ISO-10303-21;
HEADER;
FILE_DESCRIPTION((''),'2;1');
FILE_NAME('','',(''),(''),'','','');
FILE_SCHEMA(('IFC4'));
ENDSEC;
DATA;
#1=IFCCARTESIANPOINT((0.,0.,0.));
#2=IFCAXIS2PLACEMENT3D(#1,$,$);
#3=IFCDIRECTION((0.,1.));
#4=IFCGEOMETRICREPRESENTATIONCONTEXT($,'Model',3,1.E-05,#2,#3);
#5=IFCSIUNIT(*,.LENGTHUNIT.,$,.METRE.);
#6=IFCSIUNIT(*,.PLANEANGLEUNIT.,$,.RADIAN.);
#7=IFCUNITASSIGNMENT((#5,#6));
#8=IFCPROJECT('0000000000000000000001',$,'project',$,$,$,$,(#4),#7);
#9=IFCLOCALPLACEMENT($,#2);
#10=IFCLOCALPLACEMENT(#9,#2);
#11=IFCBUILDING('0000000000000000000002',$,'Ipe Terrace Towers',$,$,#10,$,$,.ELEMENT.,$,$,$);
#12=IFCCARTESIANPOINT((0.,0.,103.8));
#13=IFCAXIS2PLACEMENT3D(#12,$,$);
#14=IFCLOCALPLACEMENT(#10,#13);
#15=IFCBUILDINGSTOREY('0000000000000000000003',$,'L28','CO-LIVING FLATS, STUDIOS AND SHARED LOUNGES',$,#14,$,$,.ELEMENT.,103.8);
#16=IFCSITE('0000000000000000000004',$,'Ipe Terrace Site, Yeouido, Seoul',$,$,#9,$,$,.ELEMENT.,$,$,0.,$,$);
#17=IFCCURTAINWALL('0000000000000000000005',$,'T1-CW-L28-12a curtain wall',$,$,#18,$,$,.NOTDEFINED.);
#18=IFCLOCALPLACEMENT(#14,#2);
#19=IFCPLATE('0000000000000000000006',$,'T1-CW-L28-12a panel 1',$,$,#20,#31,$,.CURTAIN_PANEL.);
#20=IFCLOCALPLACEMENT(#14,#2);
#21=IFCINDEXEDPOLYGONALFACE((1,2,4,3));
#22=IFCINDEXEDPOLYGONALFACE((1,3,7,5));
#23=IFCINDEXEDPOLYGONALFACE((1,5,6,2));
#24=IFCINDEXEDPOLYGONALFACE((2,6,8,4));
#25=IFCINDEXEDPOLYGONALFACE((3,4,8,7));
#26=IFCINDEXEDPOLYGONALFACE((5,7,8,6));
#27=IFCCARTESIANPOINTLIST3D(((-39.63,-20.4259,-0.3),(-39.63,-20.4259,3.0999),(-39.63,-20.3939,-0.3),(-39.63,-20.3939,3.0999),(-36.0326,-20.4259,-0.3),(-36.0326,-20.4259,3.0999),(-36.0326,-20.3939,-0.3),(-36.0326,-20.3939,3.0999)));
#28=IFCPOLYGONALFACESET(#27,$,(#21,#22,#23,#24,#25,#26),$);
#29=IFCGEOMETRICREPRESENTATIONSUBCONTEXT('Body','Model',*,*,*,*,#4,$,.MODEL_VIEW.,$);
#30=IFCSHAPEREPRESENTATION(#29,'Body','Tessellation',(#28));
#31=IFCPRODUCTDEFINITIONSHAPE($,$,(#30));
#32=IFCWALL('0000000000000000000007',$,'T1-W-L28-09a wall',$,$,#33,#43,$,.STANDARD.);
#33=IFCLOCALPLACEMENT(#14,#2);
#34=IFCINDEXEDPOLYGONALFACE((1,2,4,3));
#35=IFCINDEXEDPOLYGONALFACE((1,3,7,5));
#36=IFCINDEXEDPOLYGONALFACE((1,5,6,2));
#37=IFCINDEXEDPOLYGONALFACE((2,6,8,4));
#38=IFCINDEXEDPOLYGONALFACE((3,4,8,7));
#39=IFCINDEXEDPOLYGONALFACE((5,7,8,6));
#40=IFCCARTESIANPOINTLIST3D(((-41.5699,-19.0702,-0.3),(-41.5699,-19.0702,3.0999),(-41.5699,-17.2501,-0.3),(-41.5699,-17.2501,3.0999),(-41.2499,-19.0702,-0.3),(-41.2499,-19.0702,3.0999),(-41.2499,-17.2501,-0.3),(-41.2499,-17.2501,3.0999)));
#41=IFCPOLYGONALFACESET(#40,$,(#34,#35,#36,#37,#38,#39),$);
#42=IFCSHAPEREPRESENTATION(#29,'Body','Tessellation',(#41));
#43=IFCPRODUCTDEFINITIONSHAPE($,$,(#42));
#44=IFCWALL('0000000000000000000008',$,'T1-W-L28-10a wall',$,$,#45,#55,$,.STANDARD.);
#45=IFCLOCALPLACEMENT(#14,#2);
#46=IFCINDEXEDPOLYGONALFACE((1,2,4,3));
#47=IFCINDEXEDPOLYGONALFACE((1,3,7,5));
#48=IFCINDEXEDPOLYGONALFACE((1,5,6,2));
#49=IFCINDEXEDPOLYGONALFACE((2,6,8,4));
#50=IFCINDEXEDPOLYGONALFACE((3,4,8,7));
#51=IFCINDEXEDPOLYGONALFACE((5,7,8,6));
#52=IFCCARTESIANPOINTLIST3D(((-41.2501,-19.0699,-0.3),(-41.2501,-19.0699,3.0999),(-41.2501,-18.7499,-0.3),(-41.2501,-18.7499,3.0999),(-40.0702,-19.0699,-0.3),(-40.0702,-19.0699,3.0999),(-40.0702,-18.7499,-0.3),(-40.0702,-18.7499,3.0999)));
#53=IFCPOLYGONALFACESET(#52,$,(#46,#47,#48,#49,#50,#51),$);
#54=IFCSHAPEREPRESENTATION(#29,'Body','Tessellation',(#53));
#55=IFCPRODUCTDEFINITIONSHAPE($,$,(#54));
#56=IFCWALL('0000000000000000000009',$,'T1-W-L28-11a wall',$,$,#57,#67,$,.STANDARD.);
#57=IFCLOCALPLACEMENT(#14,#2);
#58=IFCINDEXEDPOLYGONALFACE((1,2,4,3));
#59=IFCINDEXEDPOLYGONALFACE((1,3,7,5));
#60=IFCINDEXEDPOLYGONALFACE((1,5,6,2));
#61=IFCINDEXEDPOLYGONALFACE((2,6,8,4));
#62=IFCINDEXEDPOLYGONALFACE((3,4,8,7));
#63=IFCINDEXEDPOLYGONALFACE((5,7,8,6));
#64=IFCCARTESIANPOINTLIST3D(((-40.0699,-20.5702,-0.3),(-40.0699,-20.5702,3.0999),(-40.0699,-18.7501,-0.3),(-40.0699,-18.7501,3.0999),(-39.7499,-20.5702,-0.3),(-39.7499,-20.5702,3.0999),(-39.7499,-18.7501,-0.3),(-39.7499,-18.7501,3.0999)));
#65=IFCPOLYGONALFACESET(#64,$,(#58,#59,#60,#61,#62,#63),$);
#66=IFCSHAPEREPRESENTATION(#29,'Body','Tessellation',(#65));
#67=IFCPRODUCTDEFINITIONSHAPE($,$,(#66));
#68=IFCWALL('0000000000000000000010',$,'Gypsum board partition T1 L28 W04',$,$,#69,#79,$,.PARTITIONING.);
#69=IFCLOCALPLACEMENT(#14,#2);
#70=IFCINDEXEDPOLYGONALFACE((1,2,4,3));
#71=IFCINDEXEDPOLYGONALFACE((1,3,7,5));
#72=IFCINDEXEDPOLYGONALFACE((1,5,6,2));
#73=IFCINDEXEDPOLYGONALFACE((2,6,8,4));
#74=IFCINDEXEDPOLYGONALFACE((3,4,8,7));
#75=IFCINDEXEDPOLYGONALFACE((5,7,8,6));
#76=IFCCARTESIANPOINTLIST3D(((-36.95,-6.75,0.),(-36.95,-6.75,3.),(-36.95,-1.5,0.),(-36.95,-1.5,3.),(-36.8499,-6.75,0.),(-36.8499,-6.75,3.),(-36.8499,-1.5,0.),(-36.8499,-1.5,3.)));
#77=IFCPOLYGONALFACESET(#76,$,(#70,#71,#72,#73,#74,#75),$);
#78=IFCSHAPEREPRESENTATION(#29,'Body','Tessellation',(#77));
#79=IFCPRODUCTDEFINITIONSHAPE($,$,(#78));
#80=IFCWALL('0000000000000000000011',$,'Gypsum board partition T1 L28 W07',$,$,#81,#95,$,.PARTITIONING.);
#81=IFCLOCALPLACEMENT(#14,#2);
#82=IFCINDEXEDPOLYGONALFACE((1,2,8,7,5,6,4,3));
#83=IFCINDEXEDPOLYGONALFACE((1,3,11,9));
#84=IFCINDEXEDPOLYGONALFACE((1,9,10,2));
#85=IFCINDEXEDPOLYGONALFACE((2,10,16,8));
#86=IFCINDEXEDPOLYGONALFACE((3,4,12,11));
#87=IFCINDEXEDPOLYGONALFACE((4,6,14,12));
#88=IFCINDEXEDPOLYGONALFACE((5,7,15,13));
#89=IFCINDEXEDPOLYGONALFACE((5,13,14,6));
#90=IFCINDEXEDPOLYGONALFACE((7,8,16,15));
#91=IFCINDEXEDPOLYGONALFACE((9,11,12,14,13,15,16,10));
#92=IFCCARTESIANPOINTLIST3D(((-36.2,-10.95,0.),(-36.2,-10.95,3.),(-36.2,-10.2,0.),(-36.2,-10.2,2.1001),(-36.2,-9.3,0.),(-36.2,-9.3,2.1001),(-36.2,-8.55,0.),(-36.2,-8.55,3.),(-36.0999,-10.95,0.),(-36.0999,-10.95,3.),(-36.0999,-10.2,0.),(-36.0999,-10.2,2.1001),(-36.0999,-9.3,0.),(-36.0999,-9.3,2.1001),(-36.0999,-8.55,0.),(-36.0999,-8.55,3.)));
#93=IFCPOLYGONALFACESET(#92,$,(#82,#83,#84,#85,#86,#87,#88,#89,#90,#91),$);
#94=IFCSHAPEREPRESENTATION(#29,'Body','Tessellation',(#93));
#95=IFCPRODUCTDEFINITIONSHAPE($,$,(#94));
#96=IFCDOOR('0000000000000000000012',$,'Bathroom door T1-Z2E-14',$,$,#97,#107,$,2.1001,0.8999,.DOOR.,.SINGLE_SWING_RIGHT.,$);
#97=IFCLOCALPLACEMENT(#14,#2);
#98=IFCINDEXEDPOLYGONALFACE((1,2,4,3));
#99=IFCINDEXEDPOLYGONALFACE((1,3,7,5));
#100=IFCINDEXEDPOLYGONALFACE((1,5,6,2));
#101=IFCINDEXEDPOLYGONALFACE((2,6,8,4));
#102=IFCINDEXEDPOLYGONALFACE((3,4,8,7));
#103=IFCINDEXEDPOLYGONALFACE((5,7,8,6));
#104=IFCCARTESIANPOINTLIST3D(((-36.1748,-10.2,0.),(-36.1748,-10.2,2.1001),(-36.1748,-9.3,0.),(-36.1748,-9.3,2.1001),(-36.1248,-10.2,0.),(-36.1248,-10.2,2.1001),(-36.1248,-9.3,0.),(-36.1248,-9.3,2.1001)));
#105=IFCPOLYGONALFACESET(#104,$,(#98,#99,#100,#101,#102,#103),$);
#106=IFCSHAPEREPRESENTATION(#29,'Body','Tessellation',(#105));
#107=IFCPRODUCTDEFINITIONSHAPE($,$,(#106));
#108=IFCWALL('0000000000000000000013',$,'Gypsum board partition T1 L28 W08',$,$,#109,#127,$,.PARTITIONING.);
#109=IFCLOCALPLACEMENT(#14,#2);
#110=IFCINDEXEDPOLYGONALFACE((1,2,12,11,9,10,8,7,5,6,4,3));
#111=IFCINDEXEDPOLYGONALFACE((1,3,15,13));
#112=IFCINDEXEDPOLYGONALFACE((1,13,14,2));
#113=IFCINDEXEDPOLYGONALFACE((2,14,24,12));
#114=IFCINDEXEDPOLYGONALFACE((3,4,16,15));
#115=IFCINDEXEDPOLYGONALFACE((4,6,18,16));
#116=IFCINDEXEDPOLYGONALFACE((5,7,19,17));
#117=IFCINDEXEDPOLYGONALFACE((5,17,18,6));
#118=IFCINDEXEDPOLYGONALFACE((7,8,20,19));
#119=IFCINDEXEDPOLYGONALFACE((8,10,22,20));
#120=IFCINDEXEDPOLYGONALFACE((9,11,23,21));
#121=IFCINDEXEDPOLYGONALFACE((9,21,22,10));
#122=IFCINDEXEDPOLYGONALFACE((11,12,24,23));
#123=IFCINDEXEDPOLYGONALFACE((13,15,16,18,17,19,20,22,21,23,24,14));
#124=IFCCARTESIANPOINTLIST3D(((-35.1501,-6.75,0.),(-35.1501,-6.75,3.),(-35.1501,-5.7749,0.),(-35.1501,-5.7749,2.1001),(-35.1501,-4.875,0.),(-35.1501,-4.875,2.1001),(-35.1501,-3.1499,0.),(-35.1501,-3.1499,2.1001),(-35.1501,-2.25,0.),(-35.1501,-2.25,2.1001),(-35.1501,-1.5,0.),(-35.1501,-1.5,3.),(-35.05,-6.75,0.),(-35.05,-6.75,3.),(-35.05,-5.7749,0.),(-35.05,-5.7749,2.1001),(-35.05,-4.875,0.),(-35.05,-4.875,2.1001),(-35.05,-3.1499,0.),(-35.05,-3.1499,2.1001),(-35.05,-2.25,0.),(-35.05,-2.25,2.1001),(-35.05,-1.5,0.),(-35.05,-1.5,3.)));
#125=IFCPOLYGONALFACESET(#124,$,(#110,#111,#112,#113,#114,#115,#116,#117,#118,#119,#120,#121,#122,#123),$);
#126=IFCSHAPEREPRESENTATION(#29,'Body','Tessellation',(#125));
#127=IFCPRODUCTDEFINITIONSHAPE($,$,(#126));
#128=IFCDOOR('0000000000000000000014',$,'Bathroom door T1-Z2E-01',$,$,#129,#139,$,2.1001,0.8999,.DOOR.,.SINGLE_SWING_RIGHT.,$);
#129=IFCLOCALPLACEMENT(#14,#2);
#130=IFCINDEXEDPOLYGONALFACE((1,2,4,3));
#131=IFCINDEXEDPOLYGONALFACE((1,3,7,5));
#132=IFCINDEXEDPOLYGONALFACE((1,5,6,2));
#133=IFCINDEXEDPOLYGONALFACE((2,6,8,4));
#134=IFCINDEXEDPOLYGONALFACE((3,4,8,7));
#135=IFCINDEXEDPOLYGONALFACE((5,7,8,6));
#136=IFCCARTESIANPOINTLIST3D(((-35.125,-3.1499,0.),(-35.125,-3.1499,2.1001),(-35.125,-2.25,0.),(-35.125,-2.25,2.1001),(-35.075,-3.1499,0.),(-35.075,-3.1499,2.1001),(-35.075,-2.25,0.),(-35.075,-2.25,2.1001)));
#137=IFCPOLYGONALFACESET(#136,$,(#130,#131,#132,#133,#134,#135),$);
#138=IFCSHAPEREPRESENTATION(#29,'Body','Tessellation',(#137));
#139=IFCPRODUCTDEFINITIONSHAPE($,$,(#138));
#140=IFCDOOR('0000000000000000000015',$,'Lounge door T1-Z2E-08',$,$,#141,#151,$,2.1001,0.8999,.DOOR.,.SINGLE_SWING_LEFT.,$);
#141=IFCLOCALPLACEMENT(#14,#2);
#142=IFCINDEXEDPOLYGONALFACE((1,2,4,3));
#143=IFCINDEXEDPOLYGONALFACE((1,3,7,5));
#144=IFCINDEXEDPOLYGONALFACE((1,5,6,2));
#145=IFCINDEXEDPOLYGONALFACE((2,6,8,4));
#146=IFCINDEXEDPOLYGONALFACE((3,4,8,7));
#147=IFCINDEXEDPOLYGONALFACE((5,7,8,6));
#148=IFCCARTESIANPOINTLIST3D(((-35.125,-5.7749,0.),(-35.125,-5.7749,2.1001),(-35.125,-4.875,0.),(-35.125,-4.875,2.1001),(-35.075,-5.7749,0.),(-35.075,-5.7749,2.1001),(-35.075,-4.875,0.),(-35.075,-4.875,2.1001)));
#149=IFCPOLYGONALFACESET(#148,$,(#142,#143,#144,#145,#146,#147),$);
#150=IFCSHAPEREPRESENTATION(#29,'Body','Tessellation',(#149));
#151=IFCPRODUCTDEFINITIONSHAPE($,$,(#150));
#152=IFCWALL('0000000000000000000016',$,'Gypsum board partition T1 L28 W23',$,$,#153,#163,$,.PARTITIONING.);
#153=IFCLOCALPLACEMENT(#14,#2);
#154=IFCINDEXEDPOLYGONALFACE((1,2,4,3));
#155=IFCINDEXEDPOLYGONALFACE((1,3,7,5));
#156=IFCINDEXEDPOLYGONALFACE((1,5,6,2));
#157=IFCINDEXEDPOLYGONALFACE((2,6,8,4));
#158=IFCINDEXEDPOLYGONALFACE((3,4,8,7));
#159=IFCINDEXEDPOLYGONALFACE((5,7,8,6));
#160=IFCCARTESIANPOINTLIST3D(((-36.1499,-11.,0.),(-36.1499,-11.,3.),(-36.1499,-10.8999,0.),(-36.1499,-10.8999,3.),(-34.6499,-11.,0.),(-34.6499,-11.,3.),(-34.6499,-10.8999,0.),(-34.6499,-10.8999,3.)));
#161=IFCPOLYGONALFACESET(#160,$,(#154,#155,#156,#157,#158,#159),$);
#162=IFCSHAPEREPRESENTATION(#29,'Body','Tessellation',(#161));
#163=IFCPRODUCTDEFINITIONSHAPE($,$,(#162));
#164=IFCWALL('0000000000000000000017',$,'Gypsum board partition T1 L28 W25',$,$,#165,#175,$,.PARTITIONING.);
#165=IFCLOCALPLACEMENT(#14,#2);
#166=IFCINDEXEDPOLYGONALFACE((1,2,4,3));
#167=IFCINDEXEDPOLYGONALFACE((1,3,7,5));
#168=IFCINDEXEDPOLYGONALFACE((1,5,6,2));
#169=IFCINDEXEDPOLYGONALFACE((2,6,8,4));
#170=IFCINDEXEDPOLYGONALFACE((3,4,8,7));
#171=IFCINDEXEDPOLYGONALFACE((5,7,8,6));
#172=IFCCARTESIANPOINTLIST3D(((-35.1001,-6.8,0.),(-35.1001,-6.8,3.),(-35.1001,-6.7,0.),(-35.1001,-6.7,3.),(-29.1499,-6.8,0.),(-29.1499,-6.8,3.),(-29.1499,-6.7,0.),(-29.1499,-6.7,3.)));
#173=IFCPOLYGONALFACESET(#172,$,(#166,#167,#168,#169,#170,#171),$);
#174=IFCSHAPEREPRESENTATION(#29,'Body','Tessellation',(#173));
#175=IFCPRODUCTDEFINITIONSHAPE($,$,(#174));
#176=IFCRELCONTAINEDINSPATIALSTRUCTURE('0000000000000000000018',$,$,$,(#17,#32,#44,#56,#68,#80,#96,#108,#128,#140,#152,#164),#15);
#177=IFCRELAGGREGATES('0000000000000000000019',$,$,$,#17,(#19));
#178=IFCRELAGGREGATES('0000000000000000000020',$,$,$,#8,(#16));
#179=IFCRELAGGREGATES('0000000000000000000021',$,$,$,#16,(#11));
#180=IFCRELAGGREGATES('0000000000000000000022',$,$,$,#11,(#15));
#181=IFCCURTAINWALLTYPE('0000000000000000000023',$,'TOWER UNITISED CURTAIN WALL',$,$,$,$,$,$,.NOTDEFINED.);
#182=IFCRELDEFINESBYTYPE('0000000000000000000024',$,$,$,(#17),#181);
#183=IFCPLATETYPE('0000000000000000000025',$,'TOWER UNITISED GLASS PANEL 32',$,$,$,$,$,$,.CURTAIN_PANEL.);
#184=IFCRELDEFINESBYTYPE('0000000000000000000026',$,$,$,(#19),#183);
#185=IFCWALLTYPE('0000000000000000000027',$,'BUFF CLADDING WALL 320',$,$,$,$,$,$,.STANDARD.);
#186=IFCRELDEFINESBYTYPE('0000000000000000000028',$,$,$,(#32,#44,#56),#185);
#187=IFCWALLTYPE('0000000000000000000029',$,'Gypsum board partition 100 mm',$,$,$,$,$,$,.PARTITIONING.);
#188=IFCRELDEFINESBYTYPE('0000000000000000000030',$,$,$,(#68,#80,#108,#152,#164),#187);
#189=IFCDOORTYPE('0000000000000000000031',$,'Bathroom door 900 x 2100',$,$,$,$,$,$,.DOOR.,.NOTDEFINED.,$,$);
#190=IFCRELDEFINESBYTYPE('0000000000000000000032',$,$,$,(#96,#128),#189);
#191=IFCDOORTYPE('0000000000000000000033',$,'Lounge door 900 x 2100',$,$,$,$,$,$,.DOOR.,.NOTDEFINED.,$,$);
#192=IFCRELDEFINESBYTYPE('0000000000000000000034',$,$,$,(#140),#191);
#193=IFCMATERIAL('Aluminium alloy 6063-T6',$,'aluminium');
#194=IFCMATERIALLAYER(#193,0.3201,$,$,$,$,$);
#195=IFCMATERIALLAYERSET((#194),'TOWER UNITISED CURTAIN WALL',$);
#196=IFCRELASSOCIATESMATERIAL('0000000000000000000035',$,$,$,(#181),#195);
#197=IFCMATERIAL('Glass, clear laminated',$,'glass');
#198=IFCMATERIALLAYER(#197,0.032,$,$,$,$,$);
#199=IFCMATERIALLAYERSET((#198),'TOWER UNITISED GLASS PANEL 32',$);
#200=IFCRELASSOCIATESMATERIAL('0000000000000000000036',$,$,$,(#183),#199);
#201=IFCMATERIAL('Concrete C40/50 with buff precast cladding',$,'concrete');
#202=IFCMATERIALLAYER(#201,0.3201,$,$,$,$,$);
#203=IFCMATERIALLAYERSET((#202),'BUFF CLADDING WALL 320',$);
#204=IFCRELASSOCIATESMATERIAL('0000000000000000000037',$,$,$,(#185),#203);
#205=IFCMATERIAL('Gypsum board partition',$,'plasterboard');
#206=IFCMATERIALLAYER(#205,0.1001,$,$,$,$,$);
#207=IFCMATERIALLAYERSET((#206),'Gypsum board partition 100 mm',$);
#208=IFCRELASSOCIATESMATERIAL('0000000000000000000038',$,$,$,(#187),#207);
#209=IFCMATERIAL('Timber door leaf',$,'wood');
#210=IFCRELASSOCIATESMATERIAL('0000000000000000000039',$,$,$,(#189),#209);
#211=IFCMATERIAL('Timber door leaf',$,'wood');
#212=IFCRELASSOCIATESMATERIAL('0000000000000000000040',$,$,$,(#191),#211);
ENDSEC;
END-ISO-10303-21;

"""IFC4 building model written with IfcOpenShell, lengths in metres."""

from ifc_helpers import new_model, si_unit, direction, frame, frame_2d, origin, origin_2d, place, context, subcontext, project, spatial, rectangle, extrude, material, layer, layer_set, type_object, element, fill, aggregate, save


model = new_model("IFC4")

# Units and contexts
model_context = context("Model", 3, precision=1e-05, world=origin(), true_north=direction((0.0, 1.0)))
body_context = subcontext(model_context, "Body", "Model", "MODEL_VIEW")
ifc_project = project(units=[si_unit("LENGTHUNIT", "METRE"), si_unit("PLANEANGLEUNIT", "RADIAN")], contexts=[model_context])

# Site, building, storey
site_placement = place(None, origin())
site = spatial("IfcSite", under=ifc_project, at=site_placement, Name="Ipe Terrace Site, Yeouido, Seoul", CompositionType="ELEMENT", RefElevation=0.0)
building_placement = place(site_placement, origin())
building = spatial("IfcBuilding", under=site, at=building_placement, Name="Ipe Terrace Towers", CompositionType="ELEMENT")
storey_placement = place(building_placement, frame((0.0, 0.0, 103.8)))
storey = spatial("IfcBuildingStorey", under=building, at=storey_placement, Name="L28", Description="CO-LIVING FLATS, STUDIOS AND SHARED LOUNGES", CompositionType="ELEMENT", Elevation=103.8)

# Shared definitions
ifc_material_1 = material(Name="Aluminium alloy 6063-T6", Category="aluminium")
ifc_layer_1 = layer(ifc_material_1, 0.3201)
ifc_layer_set_1 = layer_set([ifc_layer_1], Name="TOWER UNITISED CURTAIN WALL")
curtain_wall_type = type_object("IfcCurtainWallType", Name="TOWER UNITISED CURTAIN WALL", PredefinedType="NOTDEFINED", material=ifc_layer_set_1)

# Curtain wall
curtain_wall_1_placement = place(storey_placement, origin())
curtain_wall_1 = element("IfcCurtainWall", 1, at=curtain_wall_1_placement, inside=storey, type_object=curtain_wall_type, Name="T1-CW-L28-12a curtain wall", PredefinedType="NOTDEFINED")

# Plate
ifc_material_2 = material(Name="Glass, clear laminated", Category="glass")
ifc_layer_2 = layer(ifc_material_2, 0.032)
ifc_layer_set_2 = layer_set([ifc_layer_2], Name="TOWER UNITISED GLASS PANEL 32")
plate_type = type_object("IfcPlateType", Name="TOWER UNITISED GLASS PANEL 32", PredefinedType="CURTAIN_PANEL", material=ifc_layer_set_2)
plate_1_placement = place(storey_placement, frame((-37.8313, -20.4099, -0.3), z_axis=(0.0, 0.0, 1.0), x_axis=(1.0, 0.0, 0.0)))
plate_1 = element("IfcPlate", 2, at=plate_1_placement, type_object=plate_type, Name="T1-CW-L28-12a panel 1", PredefinedType="CURTAIN_PANEL", context=body_context, shape_type="SweptSolid", body=[
    extrude(rectangle(XDim=3.5974, YDim=0.032, at=origin_2d()), origin(), (0.0, 0.0, 1.0), 3.3999),
])
aggregate(curtain_wall_1, [plate_1])

# Walls
ifc_material_3 = material(Name="Concrete C40/50 with buff precast cladding", Category="concrete")
ifc_layer_3 = layer(ifc_material_3, 0.3201)
ifc_layer_set_3 = layer_set([ifc_layer_3], Name="BUFF CLADDING WALL 320")
wall_type_1 = type_object("IfcWallType", Name="BUFF CLADDING WALL 320", PredefinedType="STANDARD", material=ifc_layer_set_3)
wall_1_placement = place(storey_placement, frame((-41.4099, -17.25, -0.3), z_axis=(0.0, 0.0, 1.0), x_axis=(0.0, -1.0, 0.0)))
element("IfcWall", 3, at=wall_1_placement, inside=storey, type_object=wall_type_1, Name="T1-W-L28-09a wall", PredefinedType="STANDARD", context=body_context, shape_type="SweptSolid", body=[
    extrude(rectangle(XDim=1.8201, YDim=0.3201, at=frame_2d((0.9102, 0.0))), origin(), (0.0, 0.0, 1.0), 3.3999),
])
wall_2_placement = place(storey_placement, frame((-41.25, -18.9099, -0.3), z_axis=(0.0, 0.0, 1.0), x_axis=(1.0, 0.0, 0.0)))
element("IfcWall", 4, at=wall_2_placement, inside=storey, type_object=wall_type_1, Name="T1-W-L28-10a wall", PredefinedType="STANDARD", context=body_context, shape_type="SweptSolid", body=[
    extrude(rectangle(XDim=1.1799, YDim=0.3201, at=frame_2d((0.5898, 0.0))), origin(), (0.0, 0.0, 1.0), 3.3999),
])
wall_3_placement = place(storey_placement, frame((-39.9099, -18.75, -0.3), z_axis=(0.0, 0.0, 1.0), x_axis=(0.0, -1.0, 0.0)))
element("IfcWall", 5, at=wall_3_placement, inside=storey, type_object=wall_type_1, Name="T1-W-L28-11a wall", PredefinedType="STANDARD", context=body_context, shape_type="SweptSolid", body=[
    extrude(rectangle(XDim=1.8201, YDim=0.3201, at=frame_2d((0.9102, 0.0))), origin(), (0.0, 0.0, 1.0), 3.3999),
])
ifc_material_4 = material(Name="Gypsum board partition", Category="plasterboard")
ifc_layer_4 = layer(ifc_material_4, 0.1001)
ifc_layer_set_4 = layer_set([ifc_layer_4], Name="Gypsum board partition 100 mm")
wall_type_2 = type_object("IfcWallType", Name="Gypsum board partition 100 mm", PredefinedType="PARTITIONING", material=ifc_layer_set_4)
wall_4_placement = place(storey_placement, frame((-36.8999, -6.75, 0.0), z_axis=(0.0, 0.0, 1.0), x_axis=(0.0, 1.0, 0.0)))
element("IfcWall", 6, at=wall_4_placement, inside=storey, type_object=wall_type_2, Name="Gypsum board partition T1 L28 W04", PredefinedType="PARTITIONING", context=body_context, shape_type="SweptSolid", body=[
    extrude(rectangle(XDim=5.25, YDim=0.1001, at=frame_2d((2.625, 0.0))), origin(), (0.0, 0.0, 1.0), 3.0),
])

# Wall, opening, door
wall_5_placement = place(storey_placement, frame((-36.1499, -10.95, 0.0), z_axis=(0.0, 0.0, 1.0), x_axis=(0.0, 1.0, 0.0)))
wall_5 = element("IfcWall", 7, at=wall_5_placement, inside=storey, type_object=wall_type_2, Name="Gypsum board partition T1 L28 W07", PredefinedType="PARTITIONING", context=body_context, shape_type="SweptSolid", body=[
    extrude(rectangle(XDim=2.3999, YDim=0.1001, at=frame_2d((1.2, 0.0))), origin(), (0.0, 0.0, 1.0), 3.0),
])
opening_1_placement = place(wall_5_placement, frame((0.75, 0.0, 0.0)))
opening_1 = element("IfcOpeningElement", 8, at=opening_1_placement, cuts=wall_5, PredefinedType="OPENING", context=body_context, shape_type="SweptSolid", body=[
    extrude(rectangle(XDim=0.8999, YDim=2.1001, at=frame_2d((0.45, 1.05))), frame((0.0, 0.0601, 0.0), z_axis=(0.0, -1.0, 0.0), x_axis=(1.0, 0.0, 0.0)), (0.0, 0.0, 1.0), 0.1201),
])
ifc_material_5 = material(Name="Timber door leaf", Category="wood")
door_type_1 = type_object("IfcDoorType", Name="Bathroom door 900 x 2100", OperationType="NOTDEFINED", PredefinedType="DOOR", material=ifc_material_5)
door_1_placement = place(opening_1_placement, origin())
door_1 = element("IfcDoor", 9, at=door_1_placement, inside=storey, type_object=door_type_1, Name="Bathroom door T1-Z2E-14", OperationType="SINGLE_SWING_RIGHT", OverallHeight=2.1001, OverallWidth=0.8999, PredefinedType="DOOR", context=body_context, shape_type="SweptSolid", body=[
    extrude(rectangle(XDim=0.8999, YDim=2.1001, at=frame_2d((0.45, 1.05))), frame((0.0, 0.0249, 0.0), z_axis=(0.0, -1.0, 0.0), x_axis=(1.0, 0.0, 0.0)), (0.0, 0.0, 1.0), 0.05),
])
fill(opening_1, door_1)

# Wall, openings, doors
wall_6_placement = place(storey_placement, frame((-35.1001, -6.75, 0.0), z_axis=(0.0, 0.0, 1.0), x_axis=(0.0, 1.0, 0.0)))
wall_6 = element("IfcWall", 10, at=wall_6_placement, inside=storey, type_object=wall_type_2, Name="Gypsum board partition T1 L28 W08", PredefinedType="PARTITIONING", context=body_context, shape_type="SweptSolid", body=[
    extrude(rectangle(XDim=5.25, YDim=0.1001, at=frame_2d((2.625, 0.0))), origin(), (0.0, 0.0, 1.0), 3.0),
])
opening_2_placement = place(wall_6_placement, frame((3.6001, 0.0, 0.0)))
opening_2 = element("IfcOpeningElement", 11, at=opening_2_placement, cuts=wall_6, PredefinedType="OPENING", context=body_context, shape_type="SweptSolid", body=[
    extrude(rectangle(XDim=0.8999, YDim=2.1001, at=frame_2d((0.45, 1.05))), frame((0.0, 0.0601, 0.0), z_axis=(0.0, -1.0, 0.0), x_axis=(1.0, 0.0, 0.0)), (0.0, 0.0, 1.0), 0.1201),
])
opening_3_placement = place(wall_6_placement, frame((0.9751, 0.0, 0.0)))
opening_3 = element("IfcOpeningElement", 12, at=opening_3_placement, cuts=wall_6, PredefinedType="OPENING", context=body_context, shape_type="SweptSolid", body=[
    extrude(rectangle(XDim=0.8999, YDim=2.1001, at=frame_2d((0.45, 1.05))), frame((0.0, 0.0601, 0.0), z_axis=(0.0, -1.0, 0.0), x_axis=(1.0, 0.0, 0.0)), (0.0, 0.0, 1.0), 0.1201),
])
door_2_placement = place(opening_2_placement, origin())
door_2 = element("IfcDoor", 13, at=door_2_placement, inside=storey, type_object=door_type_1, Name="Bathroom door T1-Z2E-01", OperationType="SINGLE_SWING_RIGHT", OverallHeight=2.1001, OverallWidth=0.8999, PredefinedType="DOOR", context=body_context, shape_type="SweptSolid", body=[
    extrude(rectangle(XDim=0.8999, YDim=2.1001, at=frame_2d((0.45, 1.05))), frame((0.0, 0.0249, 0.0), z_axis=(0.0, -1.0, 0.0), x_axis=(1.0, 0.0, 0.0)), (0.0, 0.0, 1.0), 0.05),
])
fill(opening_2, door_2)
ifc_material_6 = material(Name="Timber door leaf", Category="wood")
door_type_2 = type_object("IfcDoorType", Name="Lounge door 900 x 2100", OperationType="NOTDEFINED", PredefinedType="DOOR", material=ifc_material_6)
door_3_placement = place(opening_3_placement, origin())
door_3 = element("IfcDoor", 14, at=door_3_placement, inside=storey, type_object=door_type_2, Name="Lounge door T1-Z2E-08", OperationType="SINGLE_SWING_LEFT", OverallHeight=2.1001, OverallWidth=0.8999, PredefinedType="DOOR", context=body_context, shape_type="SweptSolid", body=[
    extrude(rectangle(XDim=0.8999, YDim=2.1001, at=frame_2d((0.45, 1.05))), frame((0.0, 0.0249, 0.0), z_axis=(0.0, -1.0, 0.0), x_axis=(1.0, 0.0, 0.0)), (0.0, 0.0, 1.0), 0.05),
])
fill(opening_3, door_3)

# Walls
wall_7_placement = place(storey_placement, frame((-36.1499, -10.95, 0.0), z_axis=(0.0, 0.0, 1.0), x_axis=(1.0, 0.0, 0.0)))
element("IfcWall", 15, at=wall_7_placement, inside=storey, type_object=wall_type_2, Name="Gypsum board partition T1 L28 W23", PredefinedType="PARTITIONING", context=body_context, shape_type="SweptSolid", body=[
    extrude(rectangle(XDim=1.5, YDim=0.1001, at=frame_2d((0.75, 0.0))), origin(), (0.0, 0.0, 1.0), 3.0),
])
wall_8_placement = place(storey_placement, frame((-35.1001, -6.75, 0.0), z_axis=(0.0, 0.0, 1.0), x_axis=(1.0, 0.0, 0.0)))
element("IfcWall", 16, at=wall_8_placement, inside=storey, type_object=wall_type_2, Name="Gypsum board partition T1 L28 W25", PredefinedType="PARTITIONING", context=body_context, shape_type="SweptSolid", body=[
    extrude(rectangle(XDim=5.9502, YDim=0.1001, at=frame_2d((2.9751, 0.0))), origin(), (0.0, 0.0, 1.0), 3.0),
])

save(model, "model.ifc")
